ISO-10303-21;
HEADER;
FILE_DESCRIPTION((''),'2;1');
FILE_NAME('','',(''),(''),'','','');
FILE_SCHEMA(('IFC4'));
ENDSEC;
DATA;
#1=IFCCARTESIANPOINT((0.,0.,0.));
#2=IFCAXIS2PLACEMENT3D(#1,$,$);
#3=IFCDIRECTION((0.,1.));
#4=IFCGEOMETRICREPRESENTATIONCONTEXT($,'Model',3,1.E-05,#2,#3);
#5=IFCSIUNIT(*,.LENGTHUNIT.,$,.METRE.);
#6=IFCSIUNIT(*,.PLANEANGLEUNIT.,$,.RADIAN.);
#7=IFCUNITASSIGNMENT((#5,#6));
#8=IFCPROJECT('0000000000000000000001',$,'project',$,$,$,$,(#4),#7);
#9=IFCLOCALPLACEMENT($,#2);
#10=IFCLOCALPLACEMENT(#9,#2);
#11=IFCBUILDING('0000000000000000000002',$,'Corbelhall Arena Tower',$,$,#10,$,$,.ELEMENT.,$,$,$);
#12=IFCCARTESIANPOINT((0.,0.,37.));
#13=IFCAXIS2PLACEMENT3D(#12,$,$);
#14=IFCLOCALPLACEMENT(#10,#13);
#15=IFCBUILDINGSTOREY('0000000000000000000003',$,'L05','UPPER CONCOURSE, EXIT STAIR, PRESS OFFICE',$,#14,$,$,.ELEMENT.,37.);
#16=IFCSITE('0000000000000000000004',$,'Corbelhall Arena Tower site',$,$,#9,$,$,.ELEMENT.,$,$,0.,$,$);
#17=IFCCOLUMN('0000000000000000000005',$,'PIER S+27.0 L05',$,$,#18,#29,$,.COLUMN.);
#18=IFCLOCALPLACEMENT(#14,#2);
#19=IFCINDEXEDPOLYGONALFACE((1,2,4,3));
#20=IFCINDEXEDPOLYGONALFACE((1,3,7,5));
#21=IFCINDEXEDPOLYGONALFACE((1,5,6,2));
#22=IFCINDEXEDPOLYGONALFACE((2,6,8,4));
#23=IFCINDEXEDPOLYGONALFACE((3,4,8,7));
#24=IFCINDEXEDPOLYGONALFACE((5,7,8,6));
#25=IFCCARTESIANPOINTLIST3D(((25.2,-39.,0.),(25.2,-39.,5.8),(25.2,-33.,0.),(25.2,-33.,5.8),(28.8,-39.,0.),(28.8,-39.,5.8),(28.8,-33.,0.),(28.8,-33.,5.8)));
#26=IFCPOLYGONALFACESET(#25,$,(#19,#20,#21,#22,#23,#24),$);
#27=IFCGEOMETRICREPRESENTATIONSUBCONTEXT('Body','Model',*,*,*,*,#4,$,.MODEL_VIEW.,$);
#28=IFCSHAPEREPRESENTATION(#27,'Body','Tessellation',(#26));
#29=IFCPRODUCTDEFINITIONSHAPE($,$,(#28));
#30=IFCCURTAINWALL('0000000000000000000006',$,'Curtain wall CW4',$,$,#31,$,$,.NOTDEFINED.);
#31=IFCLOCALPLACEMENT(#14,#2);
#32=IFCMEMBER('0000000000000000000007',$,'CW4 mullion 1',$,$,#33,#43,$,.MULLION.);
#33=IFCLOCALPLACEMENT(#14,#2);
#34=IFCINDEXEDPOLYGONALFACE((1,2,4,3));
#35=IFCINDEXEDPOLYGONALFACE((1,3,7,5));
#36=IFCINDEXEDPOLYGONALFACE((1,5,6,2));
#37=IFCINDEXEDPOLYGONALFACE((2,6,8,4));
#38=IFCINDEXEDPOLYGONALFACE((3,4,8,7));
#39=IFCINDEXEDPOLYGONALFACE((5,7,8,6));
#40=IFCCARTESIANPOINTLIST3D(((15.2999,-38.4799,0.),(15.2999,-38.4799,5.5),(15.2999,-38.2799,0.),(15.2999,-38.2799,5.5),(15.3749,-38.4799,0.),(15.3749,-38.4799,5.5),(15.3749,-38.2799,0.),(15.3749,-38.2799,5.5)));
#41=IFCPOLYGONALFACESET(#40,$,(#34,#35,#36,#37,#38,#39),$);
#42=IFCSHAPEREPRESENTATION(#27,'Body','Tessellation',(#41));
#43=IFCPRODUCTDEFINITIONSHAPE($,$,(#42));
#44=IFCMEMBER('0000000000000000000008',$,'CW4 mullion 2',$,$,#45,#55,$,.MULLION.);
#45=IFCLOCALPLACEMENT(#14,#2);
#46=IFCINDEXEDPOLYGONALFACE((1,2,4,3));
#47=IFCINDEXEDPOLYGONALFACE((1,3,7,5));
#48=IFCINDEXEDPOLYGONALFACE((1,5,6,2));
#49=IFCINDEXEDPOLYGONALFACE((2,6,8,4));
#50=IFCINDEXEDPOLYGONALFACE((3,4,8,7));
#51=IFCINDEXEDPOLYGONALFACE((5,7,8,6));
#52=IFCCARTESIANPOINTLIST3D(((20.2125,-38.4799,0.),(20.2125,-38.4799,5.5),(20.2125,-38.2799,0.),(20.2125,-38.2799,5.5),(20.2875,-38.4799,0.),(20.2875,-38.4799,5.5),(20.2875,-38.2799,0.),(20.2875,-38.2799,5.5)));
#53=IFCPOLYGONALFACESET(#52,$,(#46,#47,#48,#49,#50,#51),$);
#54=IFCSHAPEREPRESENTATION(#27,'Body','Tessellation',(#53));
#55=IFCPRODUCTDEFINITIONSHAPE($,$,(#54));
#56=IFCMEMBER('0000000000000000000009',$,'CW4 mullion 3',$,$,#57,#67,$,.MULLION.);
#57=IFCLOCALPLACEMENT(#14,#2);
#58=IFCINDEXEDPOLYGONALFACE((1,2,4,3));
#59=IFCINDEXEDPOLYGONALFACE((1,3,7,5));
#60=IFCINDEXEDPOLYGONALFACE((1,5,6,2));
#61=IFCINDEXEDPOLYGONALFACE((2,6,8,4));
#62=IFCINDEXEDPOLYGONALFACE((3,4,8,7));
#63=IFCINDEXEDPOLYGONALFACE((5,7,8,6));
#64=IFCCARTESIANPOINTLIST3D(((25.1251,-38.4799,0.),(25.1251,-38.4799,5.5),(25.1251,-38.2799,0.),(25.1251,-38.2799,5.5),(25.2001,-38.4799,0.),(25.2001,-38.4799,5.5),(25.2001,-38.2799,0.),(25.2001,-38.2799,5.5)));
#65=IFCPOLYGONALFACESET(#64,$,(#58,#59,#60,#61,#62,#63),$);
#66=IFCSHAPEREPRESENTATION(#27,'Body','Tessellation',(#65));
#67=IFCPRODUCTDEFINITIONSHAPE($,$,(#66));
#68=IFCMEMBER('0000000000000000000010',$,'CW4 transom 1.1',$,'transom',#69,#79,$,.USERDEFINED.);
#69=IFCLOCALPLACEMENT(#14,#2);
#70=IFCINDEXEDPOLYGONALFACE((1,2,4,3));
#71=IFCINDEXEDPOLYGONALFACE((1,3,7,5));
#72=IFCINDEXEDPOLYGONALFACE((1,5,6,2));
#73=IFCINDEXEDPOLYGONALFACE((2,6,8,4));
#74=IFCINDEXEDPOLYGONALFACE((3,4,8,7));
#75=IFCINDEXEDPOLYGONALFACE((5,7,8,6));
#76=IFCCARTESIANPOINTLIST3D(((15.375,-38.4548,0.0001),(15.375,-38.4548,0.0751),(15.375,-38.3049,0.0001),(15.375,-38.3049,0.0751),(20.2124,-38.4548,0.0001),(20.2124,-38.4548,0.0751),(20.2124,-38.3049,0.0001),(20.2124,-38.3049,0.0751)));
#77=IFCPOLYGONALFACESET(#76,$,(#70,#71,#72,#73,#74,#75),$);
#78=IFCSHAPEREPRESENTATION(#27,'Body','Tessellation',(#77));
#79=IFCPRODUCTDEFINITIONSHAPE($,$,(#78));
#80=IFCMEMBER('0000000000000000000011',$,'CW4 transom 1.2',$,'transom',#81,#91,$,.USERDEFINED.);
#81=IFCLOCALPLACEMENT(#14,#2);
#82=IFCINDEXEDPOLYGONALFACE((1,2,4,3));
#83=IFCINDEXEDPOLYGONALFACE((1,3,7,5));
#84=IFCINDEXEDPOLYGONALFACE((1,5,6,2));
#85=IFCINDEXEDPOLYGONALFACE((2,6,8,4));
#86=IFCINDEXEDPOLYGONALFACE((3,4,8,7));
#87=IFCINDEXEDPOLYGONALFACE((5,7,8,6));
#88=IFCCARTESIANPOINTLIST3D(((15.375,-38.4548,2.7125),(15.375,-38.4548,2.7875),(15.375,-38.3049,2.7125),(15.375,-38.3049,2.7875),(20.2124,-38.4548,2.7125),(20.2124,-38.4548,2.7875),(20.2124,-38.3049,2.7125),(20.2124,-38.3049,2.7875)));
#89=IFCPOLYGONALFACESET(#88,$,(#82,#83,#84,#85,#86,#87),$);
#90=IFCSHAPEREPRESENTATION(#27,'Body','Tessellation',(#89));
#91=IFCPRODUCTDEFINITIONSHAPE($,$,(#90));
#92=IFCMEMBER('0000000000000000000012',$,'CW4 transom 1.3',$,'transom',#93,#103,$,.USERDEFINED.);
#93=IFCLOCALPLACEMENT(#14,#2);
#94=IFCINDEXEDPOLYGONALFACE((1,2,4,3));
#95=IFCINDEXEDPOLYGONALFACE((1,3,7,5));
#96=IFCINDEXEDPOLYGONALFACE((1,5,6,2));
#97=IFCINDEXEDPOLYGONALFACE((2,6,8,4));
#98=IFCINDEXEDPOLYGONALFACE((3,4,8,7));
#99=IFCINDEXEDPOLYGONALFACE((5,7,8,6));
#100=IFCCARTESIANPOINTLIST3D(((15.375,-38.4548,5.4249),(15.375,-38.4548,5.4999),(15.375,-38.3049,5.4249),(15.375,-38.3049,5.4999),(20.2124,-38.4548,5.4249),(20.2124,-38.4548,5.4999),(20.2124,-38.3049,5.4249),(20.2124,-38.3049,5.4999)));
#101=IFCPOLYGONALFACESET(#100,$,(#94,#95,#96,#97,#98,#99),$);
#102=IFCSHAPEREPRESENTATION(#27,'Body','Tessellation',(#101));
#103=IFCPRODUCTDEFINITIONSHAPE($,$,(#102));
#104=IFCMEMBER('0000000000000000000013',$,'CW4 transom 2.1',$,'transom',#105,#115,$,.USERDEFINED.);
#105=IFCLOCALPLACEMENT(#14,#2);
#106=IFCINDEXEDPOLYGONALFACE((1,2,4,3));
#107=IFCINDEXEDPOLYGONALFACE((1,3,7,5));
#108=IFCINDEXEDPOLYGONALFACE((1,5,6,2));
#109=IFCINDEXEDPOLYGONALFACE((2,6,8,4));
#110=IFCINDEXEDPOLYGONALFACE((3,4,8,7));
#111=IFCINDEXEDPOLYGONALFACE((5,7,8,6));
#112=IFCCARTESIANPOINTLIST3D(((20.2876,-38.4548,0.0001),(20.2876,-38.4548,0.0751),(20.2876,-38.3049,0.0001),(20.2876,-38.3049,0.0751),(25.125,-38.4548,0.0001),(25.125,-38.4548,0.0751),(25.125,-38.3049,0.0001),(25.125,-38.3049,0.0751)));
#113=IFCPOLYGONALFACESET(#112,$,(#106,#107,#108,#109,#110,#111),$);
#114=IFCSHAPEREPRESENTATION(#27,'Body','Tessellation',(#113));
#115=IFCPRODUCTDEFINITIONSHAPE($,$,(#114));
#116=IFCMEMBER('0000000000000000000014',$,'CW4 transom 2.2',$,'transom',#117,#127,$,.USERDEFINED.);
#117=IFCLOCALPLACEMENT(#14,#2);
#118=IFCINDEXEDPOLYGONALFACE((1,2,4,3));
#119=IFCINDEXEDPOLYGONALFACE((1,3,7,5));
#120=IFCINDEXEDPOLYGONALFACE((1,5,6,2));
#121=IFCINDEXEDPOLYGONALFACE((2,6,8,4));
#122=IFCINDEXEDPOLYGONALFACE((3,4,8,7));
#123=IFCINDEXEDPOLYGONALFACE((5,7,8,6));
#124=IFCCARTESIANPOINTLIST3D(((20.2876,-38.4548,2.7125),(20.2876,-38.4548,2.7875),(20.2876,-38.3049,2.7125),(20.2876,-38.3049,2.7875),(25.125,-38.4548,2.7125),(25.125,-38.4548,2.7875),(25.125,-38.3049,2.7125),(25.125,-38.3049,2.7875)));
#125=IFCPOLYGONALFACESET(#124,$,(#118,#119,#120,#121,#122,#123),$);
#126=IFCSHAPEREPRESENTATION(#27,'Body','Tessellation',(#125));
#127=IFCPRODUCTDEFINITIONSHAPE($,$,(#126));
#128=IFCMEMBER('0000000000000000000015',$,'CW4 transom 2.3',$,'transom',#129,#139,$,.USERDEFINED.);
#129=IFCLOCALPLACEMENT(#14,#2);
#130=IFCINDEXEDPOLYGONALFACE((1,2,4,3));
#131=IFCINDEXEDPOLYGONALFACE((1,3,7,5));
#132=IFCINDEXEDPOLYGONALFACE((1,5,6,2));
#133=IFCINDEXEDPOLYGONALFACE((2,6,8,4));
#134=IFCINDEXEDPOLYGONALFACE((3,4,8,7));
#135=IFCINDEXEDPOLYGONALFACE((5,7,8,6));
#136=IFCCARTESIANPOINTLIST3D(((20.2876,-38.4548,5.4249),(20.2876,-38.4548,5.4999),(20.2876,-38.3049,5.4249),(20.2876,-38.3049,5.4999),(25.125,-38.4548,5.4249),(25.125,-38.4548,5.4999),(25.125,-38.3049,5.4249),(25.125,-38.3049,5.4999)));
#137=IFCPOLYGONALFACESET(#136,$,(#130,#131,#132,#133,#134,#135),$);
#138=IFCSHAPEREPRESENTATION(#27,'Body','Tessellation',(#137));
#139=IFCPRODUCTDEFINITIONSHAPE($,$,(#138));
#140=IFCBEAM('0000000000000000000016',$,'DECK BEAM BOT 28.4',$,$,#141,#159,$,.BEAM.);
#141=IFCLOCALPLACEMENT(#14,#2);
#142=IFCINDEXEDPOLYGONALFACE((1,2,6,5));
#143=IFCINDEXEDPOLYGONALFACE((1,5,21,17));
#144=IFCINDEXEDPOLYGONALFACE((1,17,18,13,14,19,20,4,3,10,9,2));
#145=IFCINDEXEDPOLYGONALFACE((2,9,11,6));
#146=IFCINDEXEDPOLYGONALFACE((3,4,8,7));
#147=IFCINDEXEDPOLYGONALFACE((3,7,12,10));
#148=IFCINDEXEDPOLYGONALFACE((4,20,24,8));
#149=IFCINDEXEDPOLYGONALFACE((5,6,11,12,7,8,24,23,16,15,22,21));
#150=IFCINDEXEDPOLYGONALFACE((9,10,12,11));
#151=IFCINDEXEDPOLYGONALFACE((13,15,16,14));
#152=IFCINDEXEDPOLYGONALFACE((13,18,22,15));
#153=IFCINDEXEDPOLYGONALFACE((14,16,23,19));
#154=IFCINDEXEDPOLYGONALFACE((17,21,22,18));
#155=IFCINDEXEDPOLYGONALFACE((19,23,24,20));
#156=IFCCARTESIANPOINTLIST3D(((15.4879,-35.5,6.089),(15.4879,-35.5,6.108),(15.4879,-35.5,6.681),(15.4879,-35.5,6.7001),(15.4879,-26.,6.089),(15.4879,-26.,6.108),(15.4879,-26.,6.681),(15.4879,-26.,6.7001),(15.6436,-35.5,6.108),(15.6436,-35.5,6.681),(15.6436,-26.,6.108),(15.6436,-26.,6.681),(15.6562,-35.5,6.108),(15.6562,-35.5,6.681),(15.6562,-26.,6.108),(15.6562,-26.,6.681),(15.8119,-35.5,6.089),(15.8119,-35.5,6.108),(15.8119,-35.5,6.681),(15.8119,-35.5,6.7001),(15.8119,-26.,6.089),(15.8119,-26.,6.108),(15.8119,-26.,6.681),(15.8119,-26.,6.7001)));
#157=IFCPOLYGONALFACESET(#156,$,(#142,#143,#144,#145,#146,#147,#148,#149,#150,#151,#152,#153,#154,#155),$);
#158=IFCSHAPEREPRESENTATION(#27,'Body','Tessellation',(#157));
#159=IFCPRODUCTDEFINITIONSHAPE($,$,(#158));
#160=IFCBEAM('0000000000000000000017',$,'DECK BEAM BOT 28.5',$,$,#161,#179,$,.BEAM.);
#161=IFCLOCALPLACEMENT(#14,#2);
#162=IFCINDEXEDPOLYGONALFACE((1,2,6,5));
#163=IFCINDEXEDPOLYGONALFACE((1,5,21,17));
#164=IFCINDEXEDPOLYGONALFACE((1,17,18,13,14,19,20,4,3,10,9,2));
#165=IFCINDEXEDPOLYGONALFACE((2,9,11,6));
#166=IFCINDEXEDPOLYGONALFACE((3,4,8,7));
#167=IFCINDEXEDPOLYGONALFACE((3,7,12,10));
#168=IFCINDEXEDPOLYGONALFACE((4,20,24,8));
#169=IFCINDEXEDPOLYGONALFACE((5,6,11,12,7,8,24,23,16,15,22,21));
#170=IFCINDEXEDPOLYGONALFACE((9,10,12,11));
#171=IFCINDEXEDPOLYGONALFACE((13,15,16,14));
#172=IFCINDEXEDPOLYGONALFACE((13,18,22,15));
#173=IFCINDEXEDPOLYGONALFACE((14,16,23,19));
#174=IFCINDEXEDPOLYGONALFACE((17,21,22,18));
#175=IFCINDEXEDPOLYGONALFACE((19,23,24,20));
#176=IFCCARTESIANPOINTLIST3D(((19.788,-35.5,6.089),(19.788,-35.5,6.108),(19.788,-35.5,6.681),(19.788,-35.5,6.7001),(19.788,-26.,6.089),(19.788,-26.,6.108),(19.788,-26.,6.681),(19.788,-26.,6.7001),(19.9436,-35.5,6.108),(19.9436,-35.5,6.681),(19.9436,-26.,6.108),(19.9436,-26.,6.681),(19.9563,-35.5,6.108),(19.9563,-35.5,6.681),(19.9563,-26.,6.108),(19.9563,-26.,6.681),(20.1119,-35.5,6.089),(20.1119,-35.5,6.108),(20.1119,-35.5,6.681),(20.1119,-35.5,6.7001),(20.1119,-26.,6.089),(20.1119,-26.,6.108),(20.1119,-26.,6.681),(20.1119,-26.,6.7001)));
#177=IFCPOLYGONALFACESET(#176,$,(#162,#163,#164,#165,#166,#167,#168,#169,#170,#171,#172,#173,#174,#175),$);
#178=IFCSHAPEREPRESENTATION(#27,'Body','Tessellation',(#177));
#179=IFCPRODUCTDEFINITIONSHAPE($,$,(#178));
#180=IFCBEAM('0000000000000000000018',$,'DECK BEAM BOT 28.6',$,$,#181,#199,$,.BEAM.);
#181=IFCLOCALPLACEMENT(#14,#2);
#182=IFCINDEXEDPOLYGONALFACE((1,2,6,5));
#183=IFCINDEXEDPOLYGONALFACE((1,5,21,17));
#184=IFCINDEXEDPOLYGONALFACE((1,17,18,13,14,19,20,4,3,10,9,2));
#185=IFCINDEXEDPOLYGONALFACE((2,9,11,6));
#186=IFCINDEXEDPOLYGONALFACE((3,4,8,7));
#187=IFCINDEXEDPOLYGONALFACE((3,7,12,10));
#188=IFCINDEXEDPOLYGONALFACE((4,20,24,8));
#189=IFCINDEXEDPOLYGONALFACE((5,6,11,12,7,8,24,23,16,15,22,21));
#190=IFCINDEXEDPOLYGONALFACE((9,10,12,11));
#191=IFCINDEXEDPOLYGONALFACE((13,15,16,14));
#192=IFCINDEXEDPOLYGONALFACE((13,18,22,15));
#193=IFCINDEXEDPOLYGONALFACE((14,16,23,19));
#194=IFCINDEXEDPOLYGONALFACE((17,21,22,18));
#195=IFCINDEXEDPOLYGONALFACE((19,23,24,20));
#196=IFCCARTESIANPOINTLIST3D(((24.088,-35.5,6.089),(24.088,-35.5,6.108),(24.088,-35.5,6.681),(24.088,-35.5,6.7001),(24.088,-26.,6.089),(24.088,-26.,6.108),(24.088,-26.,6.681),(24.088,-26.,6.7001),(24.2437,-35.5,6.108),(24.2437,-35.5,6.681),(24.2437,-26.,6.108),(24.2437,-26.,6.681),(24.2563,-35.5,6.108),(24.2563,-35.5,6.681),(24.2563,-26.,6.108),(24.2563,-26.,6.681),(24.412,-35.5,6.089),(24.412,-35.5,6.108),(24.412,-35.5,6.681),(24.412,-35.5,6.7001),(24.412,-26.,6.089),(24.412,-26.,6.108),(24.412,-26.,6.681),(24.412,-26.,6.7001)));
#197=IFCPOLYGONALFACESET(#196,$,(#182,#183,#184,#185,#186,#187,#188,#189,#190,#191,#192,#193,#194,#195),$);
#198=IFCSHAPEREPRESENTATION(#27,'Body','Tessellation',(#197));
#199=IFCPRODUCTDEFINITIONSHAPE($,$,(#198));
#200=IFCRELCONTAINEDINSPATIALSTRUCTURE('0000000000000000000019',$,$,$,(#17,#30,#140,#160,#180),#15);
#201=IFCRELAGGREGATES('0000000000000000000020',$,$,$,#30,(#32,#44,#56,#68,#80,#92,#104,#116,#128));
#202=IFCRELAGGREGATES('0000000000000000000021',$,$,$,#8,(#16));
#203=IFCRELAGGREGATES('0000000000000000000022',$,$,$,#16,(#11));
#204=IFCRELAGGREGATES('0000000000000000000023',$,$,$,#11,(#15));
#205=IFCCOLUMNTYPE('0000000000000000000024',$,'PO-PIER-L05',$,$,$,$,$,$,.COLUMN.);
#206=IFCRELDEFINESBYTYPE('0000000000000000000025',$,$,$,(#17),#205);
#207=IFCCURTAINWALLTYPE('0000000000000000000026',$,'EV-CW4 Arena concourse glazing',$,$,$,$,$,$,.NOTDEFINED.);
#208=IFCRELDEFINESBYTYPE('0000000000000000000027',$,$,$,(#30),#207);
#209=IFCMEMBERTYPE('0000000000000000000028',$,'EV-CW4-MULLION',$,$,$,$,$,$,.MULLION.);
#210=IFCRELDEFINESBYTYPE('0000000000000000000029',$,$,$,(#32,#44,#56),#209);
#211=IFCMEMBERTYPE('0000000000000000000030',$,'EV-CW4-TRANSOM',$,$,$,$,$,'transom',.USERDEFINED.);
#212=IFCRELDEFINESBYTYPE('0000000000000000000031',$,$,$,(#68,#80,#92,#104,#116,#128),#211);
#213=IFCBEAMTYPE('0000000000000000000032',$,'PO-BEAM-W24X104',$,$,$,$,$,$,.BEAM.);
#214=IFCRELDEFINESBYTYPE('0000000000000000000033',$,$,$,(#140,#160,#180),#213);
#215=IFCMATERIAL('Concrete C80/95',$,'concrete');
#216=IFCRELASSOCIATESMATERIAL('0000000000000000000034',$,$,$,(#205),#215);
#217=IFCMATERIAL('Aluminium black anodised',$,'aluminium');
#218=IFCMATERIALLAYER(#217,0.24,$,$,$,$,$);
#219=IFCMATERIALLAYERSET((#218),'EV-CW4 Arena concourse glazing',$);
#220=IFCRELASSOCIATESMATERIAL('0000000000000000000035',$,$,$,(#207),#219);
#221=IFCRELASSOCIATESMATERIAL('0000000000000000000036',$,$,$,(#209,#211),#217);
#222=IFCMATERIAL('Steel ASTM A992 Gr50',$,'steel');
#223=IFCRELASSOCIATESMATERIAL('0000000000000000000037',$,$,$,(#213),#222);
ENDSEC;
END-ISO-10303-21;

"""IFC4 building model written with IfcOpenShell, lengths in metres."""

from ifc_helpers import new_model, si_unit, direction, frame, origin, origin_2d, place, context, subcontext, project, spatial, rectangle, i_section, extrude, material, layer, layer_set, material_profile, profile_set, type_object, element, aggregate, save


model = new_model("IFC4")

# Units and contexts
model_context = context("Model", 3, precision=1e-05, world=origin(), true_north=direction((0.0, 1.0)))
body_context = subcontext(model_context, "Body", "Model", "MODEL_VIEW")
ifc_project = project(units=[si_unit("LENGTHUNIT", "METRE"), si_unit("PLANEANGLEUNIT", "RADIAN")], contexts=[model_context])

# Site, building, storey
site_placement = place(None, origin())
site = spatial("IfcSite", under=ifc_project, at=site_placement, Name="Corbelhall Arena Tower site", CompositionType="ELEMENT", RefElevation=0.0)
building_placement = place(site_placement, origin())
building = spatial("IfcBuilding", under=site, at=building_placement, Name="Corbelhall Arena Tower", CompositionType="ELEMENT")
storey_placement = place(building_placement, frame((0.0, 0.0, 37.0)))
storey = spatial("IfcBuildingStorey", under=building, at=storey_placement, Name="L05", Description="UPPER CONCOURSE, EXIT STAIR, PRESS OFFICE", CompositionType="ELEMENT", Elevation=37.0)

# Column
ifc_material_1 = material(Name="Concrete C80/95", Category="concrete")
ifc_material_profile_1 = material_profile(ifc_material_1, rectangle(XDim=3.6001, YDim=6.0, at=origin_2d()))
ifc_profile_set_1 = profile_set([ifc_material_profile_1], Name="Concrete C80/95")
column_type = type_object("IfcColumnType", Name="PO-PIER-L05", PredefinedType="COLUMN", material=ifc_profile_set_1)
column_placement = place(storey_placement, frame((27.0, -36.0, 0.0), z_axis=(0.0, 0.0, 1.0), x_axis=(1.0, 0.0, 0.0)))
element("IfcColumn", 1, at=column_placement, inside=storey, type_object=column_type, Name="PIER S+27.0 L05", PredefinedType="COLUMN", context=body_context, shape_type="SweptSolid", body=[
    extrude(rectangle(XDim=3.6001, YDim=6.0, at=origin_2d()), origin(), (0.0, 0.0, 1.0), 5.8),
])

# Curtain wall, members
ifc_material_2 = material(Name="Aluminium black anodised", Category="aluminium")
ifc_layer_1 = layer(ifc_material_2, 0.24)
ifc_layer_set_1 = layer_set([ifc_layer_1], Name="EV-CW4 Arena concourse glazing")
curtain_wall_type = type_object("IfcCurtainWallType", Name="EV-CW4 Arena concourse glazing", PredefinedType="NOTDEFINED", material=ifc_layer_set_1)
curtain_wall_placement = place(storey_placement, origin())
curtain_wall = element("IfcCurtainWall", 2, at=curtain_wall_placement, inside=storey, type_object=curtain_wall_type, Name="Curtain wall CW4", PredefinedType="NOTDEFINED")
ifc_material_profile_2 = material_profile(ifc_material_2, rectangle(XDim=0.2, YDim=0.075, at=origin_2d()))
ifc_profile_set_2 = profile_set([ifc_material_profile_2], Name="Aluminium black anodised")
member_type_1 = type_object("IfcMemberType", Name="EV-CW4-MULLION", PredefinedType="MULLION", material=ifc_profile_set_2)
member_1_placement = place(storey_placement, frame((15.3374, -38.3799, 0.0), z_axis=(0.0, 0.0, 1.0), x_axis=(0.0, 1.0, 0.0)))
member_1 = element("IfcMember", 3, at=member_1_placement, type_object=member_type_1, Name="CW4 mullion 1", PredefinedType="MULLION", context=body_context, shape_type="SweptSolid", body=[
    extrude(rectangle(XDim=0.2, YDim=0.075, at=origin_2d()), origin(), (0.0, 0.0, 1.0), 5.5),
])
member_2_placement = place(storey_placement, frame((20.25, -38.3799, 0.0), z_axis=(0.0, 0.0, 1.0), x_axis=(0.0, 1.0, 0.0)))
member_2 = element("IfcMember", 4, at=member_2_placement, type_object=member_type_1, Name="CW4 mullion 2", PredefinedType="MULLION", context=body_context, shape_type="SweptSolid", body=[
    extrude(rectangle(XDim=0.2, YDim=0.075, at=origin_2d()), origin(), (0.0, 0.0, 1.0), 5.5),
])
member_3_placement = place(storey_placement, frame((25.1626, -38.3799, 0.0), z_axis=(0.0, 0.0, 1.0), x_axis=(0.0, 1.0, 0.0)))
member_3 = element("IfcMember", 5, at=member_3_placement, type_object=member_type_1, Name="CW4 mullion 3", PredefinedType="MULLION", context=body_context, shape_type="SweptSolid", body=[
    extrude(rectangle(XDim=0.2, YDim=0.075, at=origin_2d()), origin(), (0.0, 0.0, 1.0), 5.5),
])
ifc_material_profile_3 = material_profile(ifc_material_2, rectangle(XDim=0.1499, YDim=0.075, at=origin_2d()))
ifc_profile_set_3 = profile_set([ifc_material_profile_3], Name="Aluminium black anodised")
member_type_2 = type_object("IfcMemberType", Name="EV-CW4-TRANSOM", ElementType="transom", PredefinedType="USERDEFINED", material=ifc_profile_set_3)
member_4_placement = place(storey_placement, frame((15.375, -38.3799, 0.0376), z_axis=(1.0, 0.0, 0.0), x_axis=(0.0, 1.0, 0.0)))
member_4 = element("IfcMember", 6, at=member_4_placement, type_object=member_type_2, Name="CW4 transom 1.1", ObjectType="transom", PredefinedType="USERDEFINED", context=body_context, shape_type="SweptSolid", body=[
    extrude(rectangle(XDim=0.1499, YDim=0.075, at=origin_2d()), origin(), (0.0, 0.0, 1.0), 4.8374),
])
member_5_placement = place(storey_placement, frame((15.375, -38.3799, 2.75), z_axis=(1.0, 0.0, 0.0), x_axis=(0.0, 1.0, 0.0)))
member_5 = element("IfcMember", 7, at=member_5_placement, type_object=member_type_2, Name="CW4 transom 1.2", ObjectType="transom", PredefinedType="USERDEFINED", context=body_context, shape_type="SweptSolid", body=[
    extrude(rectangle(XDim=0.1499, YDim=0.075, at=origin_2d()), origin(), (0.0, 0.0, 1.0), 4.8374),
])
member_6_placement = place(storey_placement, frame((15.375, -38.3799, 5.4624), z_axis=(1.0, 0.0, 0.0), x_axis=(0.0, 1.0, 0.0)))
member_6 = element("IfcMember", 8, at=member_6_placement, type_object=member_type_2, Name="CW4 transom 1.3", ObjectType="transom", PredefinedType="USERDEFINED", context=body_context, shape_type="SweptSolid", body=[
    extrude(rectangle(XDim=0.1499, YDim=0.075, at=origin_2d()), origin(), (0.0, 0.0, 1.0), 4.8374),
])
member_7_placement = place(storey_placement, frame((20.2876, -38.3799, 0.0376), z_axis=(1.0, 0.0, 0.0), x_axis=(0.0, 1.0, 0.0)))
member_7 = element("IfcMember", 9, at=member_7_placement, type_object=member_type_2, Name="CW4 transom 2.1", ObjectType="transom", PredefinedType="USERDEFINED", context=body_context, shape_type="SweptSolid", body=[
    extrude(rectangle(XDim=0.1499, YDim=0.075, at=origin_2d()), origin(), (0.0, 0.0, 1.0), 4.8374),
])
member_8_placement = place(storey_placement, frame((20.2876, -38.3799, 2.75), z_axis=(1.0, 0.0, 0.0), x_axis=(0.0, 1.0, 0.0)))
member_8 = element("IfcMember", 10, at=member_8_placement, type_object=member_type_2, Name="CW4 transom 2.2", ObjectType="transom", PredefinedType="USERDEFINED", context=body_context, shape_type="SweptSolid", body=[
    extrude(rectangle(XDim=0.1499, YDim=0.075, at=origin_2d()), origin(), (0.0, 0.0, 1.0), 4.8374),
])
member_9_placement = place(storey_placement, frame((20.2876, -38.3799, 5.4624), z_axis=(1.0, 0.0, 0.0), x_axis=(0.0, 1.0, 0.0)))
member_9 = element("IfcMember", 11, at=member_9_placement, type_object=member_type_2, Name="CW4 transom 2.3", ObjectType="transom", PredefinedType="USERDEFINED", context=body_context, shape_type="SweptSolid", body=[
    extrude(rectangle(XDim=0.1499, YDim=0.075, at=origin_2d()), origin(), (0.0, 0.0, 1.0), 4.8374),
])

# Beams
ifc_material_3 = material(Name="Steel ASTM A992 Gr50", Category="steel")
ifc_material_profile_4 = material_profile(ifc_material_3, i_section(OverallWidth=0.324, OverallDepth=0.6111, WebThickness=0.0127, FlangeThickness=0.019, at=origin_2d()))
ifc_profile_set_4 = profile_set([ifc_material_profile_4], Name="Steel ASTM A992 Gr50")
beam_type = type_object("IfcBeamType", Name="PO-BEAM-W24X104", PredefinedType="BEAM", material=ifc_profile_set_4)
for number, where, z_axis, x_axis, name in (
    (12, (15.6499, -35.5, 6.3945), (0.0, 1.0, 0.0), (-1.0, 0.0, 0.0), "DECK BEAM BOT 28.4"),
    (13, (19.95, -35.5, 6.3945), (0.0, 1.0, 0.0), (-1.0, 0.0, 0.0), "DECK BEAM BOT 28.5"),
    (14, (24.25, -35.5, 6.3945), (0.0, 1.0, 0.0), (-1.0, 0.0, 0.0), "DECK BEAM BOT 28.6"),
):
    element("IfcBeam", number, at=place(storey_placement, frame(where, z_axis=z_axis, x_axis=x_axis)), inside=storey, type_object=beam_type, Name=name, PredefinedType="BEAM", context=body_context, shape_type="SweptSolid", body=[
        extrude(i_section(OverallWidth=0.324, OverallDepth=0.6111, WebThickness=0.0127, FlangeThickness=0.019, at=origin_2d()), origin(), (0.0, 0.0, 1.0), 9.5),
    ])

aggregate(curtain_wall, [member_1, member_2, member_3, member_4, member_5, member_6, member_7, member_8, member_9])

save(model, "model.ifc")
